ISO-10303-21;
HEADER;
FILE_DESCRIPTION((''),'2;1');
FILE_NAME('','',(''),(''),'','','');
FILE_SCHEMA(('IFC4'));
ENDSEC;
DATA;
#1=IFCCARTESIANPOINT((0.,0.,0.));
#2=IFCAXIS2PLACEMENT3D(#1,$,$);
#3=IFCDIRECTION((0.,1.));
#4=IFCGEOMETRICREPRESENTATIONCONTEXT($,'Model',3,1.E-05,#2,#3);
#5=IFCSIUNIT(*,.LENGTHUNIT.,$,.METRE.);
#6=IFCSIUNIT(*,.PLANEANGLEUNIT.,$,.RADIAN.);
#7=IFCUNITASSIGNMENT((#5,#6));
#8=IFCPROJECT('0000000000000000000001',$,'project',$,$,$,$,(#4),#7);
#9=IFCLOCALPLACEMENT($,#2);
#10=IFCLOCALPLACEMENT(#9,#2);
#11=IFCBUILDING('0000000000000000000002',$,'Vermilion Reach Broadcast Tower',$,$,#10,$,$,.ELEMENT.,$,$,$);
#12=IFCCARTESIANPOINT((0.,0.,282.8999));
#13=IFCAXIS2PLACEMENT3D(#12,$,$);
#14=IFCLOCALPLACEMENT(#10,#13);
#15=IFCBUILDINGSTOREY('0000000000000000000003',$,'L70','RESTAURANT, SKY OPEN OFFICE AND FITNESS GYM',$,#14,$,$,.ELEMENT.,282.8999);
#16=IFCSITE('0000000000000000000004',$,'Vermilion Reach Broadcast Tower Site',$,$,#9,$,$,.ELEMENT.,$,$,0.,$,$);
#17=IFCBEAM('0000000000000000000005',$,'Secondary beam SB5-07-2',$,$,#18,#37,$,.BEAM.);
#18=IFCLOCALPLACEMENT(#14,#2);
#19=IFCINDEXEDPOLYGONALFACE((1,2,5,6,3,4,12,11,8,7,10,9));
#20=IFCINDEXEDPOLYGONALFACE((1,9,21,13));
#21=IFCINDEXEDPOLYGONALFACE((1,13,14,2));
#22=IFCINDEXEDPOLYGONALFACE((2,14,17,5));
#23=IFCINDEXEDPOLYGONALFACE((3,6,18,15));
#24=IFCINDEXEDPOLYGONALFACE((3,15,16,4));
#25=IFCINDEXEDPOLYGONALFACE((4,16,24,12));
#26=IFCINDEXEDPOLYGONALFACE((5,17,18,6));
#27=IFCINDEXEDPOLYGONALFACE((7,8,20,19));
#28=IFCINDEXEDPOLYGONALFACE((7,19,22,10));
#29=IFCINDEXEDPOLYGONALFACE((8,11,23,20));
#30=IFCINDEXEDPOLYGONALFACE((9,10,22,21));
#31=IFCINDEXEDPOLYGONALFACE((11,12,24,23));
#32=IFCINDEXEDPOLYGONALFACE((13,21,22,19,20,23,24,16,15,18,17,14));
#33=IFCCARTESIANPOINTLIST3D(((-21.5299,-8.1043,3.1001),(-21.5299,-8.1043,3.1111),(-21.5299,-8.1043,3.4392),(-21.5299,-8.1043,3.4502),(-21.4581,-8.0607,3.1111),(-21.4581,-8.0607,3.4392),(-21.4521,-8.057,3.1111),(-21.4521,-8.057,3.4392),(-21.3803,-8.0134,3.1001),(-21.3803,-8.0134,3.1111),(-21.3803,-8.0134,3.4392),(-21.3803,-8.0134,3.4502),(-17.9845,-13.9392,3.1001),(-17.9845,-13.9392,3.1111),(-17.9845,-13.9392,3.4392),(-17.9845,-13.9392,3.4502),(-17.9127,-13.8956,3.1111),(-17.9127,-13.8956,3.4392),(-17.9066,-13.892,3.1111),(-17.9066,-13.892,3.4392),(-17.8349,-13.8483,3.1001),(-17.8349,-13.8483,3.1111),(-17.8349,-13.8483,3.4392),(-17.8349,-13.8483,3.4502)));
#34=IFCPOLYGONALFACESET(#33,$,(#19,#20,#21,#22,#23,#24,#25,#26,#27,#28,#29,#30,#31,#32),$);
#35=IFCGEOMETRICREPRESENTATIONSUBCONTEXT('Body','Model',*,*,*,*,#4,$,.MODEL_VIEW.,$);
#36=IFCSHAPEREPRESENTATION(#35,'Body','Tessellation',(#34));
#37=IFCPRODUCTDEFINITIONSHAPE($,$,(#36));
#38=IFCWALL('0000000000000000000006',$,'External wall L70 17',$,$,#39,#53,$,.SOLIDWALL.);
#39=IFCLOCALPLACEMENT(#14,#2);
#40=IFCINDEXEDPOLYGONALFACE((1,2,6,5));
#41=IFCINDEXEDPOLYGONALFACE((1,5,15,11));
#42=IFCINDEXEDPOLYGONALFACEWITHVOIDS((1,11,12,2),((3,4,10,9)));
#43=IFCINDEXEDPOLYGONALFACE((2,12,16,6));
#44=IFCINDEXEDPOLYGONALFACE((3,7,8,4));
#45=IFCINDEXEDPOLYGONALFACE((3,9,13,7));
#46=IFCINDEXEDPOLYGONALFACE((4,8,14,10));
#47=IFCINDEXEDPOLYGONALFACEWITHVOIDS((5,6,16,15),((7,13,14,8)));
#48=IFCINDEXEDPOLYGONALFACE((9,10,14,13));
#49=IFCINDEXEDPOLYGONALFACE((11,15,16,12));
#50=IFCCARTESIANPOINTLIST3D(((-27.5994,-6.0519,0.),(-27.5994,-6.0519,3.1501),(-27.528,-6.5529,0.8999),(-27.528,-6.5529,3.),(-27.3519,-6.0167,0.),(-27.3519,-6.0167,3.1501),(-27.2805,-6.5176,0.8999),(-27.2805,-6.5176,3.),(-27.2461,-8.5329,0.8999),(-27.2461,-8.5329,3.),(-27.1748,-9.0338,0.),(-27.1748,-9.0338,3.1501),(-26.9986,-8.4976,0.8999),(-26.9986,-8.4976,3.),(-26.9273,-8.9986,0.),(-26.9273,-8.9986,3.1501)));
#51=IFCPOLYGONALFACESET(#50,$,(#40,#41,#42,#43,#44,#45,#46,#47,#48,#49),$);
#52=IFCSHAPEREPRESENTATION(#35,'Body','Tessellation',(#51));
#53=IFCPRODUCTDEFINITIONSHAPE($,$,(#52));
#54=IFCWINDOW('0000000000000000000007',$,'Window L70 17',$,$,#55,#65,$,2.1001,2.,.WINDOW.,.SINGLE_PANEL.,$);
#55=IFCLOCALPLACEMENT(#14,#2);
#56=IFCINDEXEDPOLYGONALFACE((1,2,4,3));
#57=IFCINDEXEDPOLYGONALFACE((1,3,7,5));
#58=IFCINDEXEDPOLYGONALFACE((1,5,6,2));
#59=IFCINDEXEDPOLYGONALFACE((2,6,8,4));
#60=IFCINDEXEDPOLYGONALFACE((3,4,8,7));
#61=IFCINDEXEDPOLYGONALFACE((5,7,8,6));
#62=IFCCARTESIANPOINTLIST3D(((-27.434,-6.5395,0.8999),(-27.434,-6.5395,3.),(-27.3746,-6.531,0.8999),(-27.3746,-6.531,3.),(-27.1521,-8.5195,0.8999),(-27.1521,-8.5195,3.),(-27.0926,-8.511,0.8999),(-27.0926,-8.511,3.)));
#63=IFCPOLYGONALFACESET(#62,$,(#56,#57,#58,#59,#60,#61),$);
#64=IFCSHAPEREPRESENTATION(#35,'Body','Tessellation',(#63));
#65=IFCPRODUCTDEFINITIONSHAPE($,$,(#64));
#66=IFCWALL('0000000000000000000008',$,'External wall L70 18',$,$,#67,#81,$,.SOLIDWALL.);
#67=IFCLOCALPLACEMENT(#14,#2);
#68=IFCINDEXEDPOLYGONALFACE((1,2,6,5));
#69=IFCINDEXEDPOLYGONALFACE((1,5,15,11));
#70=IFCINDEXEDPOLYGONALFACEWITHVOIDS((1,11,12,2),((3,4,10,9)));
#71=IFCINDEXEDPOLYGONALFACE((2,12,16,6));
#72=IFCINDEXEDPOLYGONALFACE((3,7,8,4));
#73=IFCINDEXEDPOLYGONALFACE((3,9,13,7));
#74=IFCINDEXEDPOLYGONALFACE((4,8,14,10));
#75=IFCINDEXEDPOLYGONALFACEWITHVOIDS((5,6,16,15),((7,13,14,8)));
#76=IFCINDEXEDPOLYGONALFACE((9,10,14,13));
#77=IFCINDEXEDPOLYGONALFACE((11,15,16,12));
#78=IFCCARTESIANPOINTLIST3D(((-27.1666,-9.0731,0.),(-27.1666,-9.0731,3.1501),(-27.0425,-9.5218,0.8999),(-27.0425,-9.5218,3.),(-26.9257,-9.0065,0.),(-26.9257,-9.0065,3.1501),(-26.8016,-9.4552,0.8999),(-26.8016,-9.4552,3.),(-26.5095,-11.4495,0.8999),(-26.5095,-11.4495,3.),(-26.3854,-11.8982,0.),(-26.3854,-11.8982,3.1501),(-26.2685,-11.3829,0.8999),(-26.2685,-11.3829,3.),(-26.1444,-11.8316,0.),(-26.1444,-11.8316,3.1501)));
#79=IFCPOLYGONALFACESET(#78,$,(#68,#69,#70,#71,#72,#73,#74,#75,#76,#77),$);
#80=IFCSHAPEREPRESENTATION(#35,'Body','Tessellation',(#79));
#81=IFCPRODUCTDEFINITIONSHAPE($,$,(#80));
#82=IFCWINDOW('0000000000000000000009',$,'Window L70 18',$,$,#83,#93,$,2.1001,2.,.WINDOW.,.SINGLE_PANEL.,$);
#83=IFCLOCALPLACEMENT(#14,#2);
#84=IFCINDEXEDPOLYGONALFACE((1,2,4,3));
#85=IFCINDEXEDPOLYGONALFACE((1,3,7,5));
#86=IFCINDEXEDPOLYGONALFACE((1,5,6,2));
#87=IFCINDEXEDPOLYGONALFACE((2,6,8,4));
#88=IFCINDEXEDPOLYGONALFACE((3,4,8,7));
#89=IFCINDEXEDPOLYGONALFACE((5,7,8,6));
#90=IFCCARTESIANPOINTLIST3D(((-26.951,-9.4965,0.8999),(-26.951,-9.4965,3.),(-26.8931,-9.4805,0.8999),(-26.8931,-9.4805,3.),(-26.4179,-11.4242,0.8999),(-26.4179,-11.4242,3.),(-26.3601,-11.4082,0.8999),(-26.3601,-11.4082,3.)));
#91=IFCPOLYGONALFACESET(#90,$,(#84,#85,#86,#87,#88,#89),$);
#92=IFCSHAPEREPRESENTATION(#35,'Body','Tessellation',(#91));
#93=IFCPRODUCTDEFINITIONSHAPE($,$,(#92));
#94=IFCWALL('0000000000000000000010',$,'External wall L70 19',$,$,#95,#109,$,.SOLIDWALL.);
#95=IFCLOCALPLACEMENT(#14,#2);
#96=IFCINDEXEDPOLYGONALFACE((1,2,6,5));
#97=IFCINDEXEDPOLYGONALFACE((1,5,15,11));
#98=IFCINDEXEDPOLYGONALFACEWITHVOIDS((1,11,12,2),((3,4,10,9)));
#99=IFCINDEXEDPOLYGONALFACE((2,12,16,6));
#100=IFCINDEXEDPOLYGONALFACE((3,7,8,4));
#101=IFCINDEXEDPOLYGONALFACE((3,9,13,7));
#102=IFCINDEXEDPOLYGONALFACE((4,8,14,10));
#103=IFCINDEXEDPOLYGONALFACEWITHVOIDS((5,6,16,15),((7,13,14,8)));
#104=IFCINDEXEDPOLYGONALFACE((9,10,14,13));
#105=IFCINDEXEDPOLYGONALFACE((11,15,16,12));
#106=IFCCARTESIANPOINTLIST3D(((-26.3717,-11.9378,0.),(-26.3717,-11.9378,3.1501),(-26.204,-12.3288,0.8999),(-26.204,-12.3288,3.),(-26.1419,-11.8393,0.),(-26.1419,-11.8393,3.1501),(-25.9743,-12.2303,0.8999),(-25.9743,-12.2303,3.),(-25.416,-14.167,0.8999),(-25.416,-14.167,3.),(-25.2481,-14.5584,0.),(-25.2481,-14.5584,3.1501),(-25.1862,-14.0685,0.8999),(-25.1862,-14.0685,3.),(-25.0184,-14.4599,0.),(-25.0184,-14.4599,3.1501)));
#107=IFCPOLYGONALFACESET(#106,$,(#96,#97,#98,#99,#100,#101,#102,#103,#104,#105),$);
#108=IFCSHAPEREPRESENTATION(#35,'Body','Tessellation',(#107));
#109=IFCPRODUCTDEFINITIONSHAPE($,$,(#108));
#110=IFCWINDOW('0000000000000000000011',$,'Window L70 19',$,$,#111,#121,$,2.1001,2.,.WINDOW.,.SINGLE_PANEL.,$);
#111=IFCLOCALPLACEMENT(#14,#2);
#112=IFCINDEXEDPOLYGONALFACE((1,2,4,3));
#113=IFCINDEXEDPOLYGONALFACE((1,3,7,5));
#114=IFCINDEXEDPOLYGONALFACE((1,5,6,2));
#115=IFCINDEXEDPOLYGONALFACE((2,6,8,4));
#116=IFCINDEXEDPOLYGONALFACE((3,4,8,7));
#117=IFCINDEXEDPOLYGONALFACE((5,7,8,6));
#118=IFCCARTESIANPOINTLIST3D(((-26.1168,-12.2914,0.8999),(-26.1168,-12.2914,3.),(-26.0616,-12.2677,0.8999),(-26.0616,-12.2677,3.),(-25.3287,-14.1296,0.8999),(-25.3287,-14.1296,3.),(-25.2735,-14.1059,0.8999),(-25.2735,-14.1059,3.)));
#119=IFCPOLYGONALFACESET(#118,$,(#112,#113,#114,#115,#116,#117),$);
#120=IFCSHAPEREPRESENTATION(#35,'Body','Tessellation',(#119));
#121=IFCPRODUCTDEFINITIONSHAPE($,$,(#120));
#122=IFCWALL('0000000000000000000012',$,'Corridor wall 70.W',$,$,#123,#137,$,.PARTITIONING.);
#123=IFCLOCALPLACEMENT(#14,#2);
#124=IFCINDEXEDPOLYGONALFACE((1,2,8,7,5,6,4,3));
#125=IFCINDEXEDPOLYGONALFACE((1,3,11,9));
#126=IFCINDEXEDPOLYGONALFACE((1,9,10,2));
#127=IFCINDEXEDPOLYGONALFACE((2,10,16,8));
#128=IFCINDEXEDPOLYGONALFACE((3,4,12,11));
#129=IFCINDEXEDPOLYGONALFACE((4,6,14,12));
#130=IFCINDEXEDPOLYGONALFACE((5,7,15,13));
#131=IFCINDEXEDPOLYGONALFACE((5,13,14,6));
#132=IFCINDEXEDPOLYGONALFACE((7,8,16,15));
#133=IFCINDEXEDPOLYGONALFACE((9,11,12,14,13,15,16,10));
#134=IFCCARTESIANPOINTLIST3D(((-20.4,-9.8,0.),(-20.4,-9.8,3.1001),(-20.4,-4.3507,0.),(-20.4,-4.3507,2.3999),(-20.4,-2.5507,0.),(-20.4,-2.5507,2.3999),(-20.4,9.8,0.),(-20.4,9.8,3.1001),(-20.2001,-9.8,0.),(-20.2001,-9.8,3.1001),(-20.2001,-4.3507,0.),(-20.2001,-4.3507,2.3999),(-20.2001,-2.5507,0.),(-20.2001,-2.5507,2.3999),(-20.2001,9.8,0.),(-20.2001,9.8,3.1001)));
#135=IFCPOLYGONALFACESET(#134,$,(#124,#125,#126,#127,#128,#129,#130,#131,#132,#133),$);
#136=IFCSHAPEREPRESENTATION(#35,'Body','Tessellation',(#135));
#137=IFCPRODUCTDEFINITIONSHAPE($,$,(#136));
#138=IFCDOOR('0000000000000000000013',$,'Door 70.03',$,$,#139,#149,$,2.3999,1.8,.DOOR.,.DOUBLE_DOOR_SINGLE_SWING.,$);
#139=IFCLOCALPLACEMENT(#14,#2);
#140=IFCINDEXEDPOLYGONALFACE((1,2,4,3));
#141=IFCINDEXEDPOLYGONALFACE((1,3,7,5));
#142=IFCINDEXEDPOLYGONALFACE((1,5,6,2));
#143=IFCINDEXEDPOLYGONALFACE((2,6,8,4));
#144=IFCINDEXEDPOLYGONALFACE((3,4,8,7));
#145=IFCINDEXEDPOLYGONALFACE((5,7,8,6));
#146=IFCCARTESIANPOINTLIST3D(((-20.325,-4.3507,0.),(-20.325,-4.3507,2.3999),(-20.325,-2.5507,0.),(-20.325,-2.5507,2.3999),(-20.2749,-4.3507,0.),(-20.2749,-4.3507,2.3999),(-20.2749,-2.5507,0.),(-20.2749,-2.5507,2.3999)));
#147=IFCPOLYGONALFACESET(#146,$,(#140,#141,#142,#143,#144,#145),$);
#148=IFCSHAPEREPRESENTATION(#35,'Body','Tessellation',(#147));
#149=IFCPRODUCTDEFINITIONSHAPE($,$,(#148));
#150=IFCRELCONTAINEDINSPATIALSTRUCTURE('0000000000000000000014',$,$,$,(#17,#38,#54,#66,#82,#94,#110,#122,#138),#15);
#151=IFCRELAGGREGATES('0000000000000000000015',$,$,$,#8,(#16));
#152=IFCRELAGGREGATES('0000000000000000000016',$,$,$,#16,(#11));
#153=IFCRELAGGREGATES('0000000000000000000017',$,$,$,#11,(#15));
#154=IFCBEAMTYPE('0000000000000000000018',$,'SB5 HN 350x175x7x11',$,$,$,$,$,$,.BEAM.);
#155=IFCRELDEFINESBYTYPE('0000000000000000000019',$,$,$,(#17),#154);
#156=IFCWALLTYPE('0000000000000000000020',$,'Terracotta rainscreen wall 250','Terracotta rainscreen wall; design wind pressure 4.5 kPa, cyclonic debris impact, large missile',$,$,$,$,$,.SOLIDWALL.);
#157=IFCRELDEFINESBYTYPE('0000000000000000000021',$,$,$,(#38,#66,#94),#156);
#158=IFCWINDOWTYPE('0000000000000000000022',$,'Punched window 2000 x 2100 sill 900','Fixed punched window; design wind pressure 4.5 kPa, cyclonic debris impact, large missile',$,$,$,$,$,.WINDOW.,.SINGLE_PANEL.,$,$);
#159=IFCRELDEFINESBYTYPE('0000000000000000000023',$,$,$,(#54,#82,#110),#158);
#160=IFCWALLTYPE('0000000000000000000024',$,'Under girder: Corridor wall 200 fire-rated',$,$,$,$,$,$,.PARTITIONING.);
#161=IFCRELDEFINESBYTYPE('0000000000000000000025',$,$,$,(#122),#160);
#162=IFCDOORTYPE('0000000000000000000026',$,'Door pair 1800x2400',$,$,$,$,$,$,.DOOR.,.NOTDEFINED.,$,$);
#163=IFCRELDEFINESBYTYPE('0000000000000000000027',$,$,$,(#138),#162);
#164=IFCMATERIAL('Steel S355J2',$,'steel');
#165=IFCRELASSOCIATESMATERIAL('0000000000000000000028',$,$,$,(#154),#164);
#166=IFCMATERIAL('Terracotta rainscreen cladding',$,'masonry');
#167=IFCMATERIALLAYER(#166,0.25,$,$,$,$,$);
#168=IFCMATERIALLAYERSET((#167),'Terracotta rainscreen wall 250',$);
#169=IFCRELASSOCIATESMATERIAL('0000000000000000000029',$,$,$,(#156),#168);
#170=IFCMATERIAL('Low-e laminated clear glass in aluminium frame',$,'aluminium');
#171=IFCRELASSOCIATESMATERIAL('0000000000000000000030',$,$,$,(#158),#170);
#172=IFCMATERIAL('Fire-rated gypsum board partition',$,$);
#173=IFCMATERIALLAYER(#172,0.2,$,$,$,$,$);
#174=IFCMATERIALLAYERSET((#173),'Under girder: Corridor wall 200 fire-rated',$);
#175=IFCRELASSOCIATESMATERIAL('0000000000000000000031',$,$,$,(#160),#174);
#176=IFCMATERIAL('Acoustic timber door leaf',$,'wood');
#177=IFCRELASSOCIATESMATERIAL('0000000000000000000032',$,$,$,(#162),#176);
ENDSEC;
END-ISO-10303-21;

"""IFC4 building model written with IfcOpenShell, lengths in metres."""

from ifc_helpers import new_model, si_unit, direction, frame, frame_2d, origin, origin_2d, place, context, subcontext, project, spatial, rectangle, i_section, extrude, material, layer, layer_set, material_profile, profile_set, type_object, element, fill, save


model = new_model("IFC4")

# Units and contexts
model_context = context("Model", 3, precision=1e-05, world=origin(), true_north=direction((0.0, 1.0)))
body_context = subcontext(model_context, "Body", "Model", "MODEL_VIEW")
ifc_project = project(units=[si_unit("LENGTHUNIT", "METRE"), si_unit("PLANEANGLEUNIT", "RADIAN")], contexts=[model_context])

# Site, building, storey
site_placement = place(None, origin())
site = spatial("IfcSite", under=ifc_project, at=site_placement, Name="Vermilion Reach Broadcast Tower Site", CompositionType="ELEMENT", RefElevation=0.0)
building_placement = place(site_placement, origin())
building = spatial("IfcBuilding", under=site, at=building_placement, Name="Vermilion Reach Broadcast Tower", CompositionType="ELEMENT")
storey_placement = place(building_placement, frame((0.0, 0.0, 282.8999)))
storey = spatial("IfcBuildingStorey", under=building, at=storey_placement, Name="L70", Description="RESTAURANT, SKY OPEN OFFICE AND FITNESS GYM", CompositionType="ELEMENT", Elevation=282.8999)

# Beam
ifc_material_1 = material(Name="Steel S355J2", Category="steel")
ifc_material_profile_1 = material_profile(ifc_material_1, i_section(OverallWidth=0.175, OverallDepth=0.3501, WebThickness=0.0071, FlangeThickness=0.011, at=origin_2d()), Name="S355J2 HN 350x175x7x11")
ifc_profile_set_1 = profile_set([ifc_material_profile_1], Name="Steel S355J2")
beam_type_1 = type_object("IfcBeamType", Name="SB5 HN 350x175x7x11", PredefinedType="BEAM", material=ifc_profile_set_1)
beam_1_placement = place(storey_placement, frame((-21.4551, -8.0588, 3.2751), z_axis=(0.519273, -0.854608, 0.0), x_axis=(0.854608, 0.519273, 0.0)))
element("IfcBeam", 1, at=beam_1_placement, inside=storey, type_object=beam_type_1, Name="Secondary beam SB5-07-2", PredefinedType="BEAM", context=body_context, shape_type="SweptSolid", body=[
    extrude(i_section(OverallWidth=0.175, OverallDepth=0.3501, WebThickness=0.0071, FlangeThickness=0.011, at=origin_2d()), origin(), (0.0, 0.0, 1.0), 6.8276),
])

# Shared definitions
ifc_material_2 = material(Name="Terracotta rainscreen cladding", Category="masonry")
ifc_layer_1 = layer(ifc_material_2, 0.25)
ifc_layer_set_1 = layer_set([ifc_layer_1], Name="Terracotta rainscreen wall 250")
wall_type_1 = type_object("IfcWallType", Name="Terracotta rainscreen wall 250", Description="Terracotta rainscreen wall; design wind pressure 4.5 kPa, cyclonic debris impact, large missile", PredefinedType="SOLIDWALL", material=ifc_layer_set_1)

# Walls, openings, windows
wall_1_placement = place(storey_placement, frame((-27.4756, -6.0344, 0.0), z_axis=(0.0, 0.0, 1.0), x_axis=(0.140956, -0.990016, 0.0)))
wall_1 = element("IfcWall", 2, at=wall_1_placement, inside=storey, type_object=wall_type_1, Name="External wall L70 17", PredefinedType="SOLIDWALL", context=body_context, shape_type="SweptSolid", body=[
    extrude(rectangle(XDim=3.012, YDim=0.25, at=frame_2d((1.5059, 0.0))), origin(), (0.0, 0.0, 1.0), 3.1501),
])
opening_1_placement = place(wall_1_placement, frame((0.5059, 0.0, 0.8999)))
opening_1 = element("IfcOpeningElement", 3, at=opening_1_placement, cuts=wall_1, PredefinedType="OPENING", context=body_context, shape_type="SweptSolid", body=[
    extrude(rectangle(XDim=2.0, YDim=2.1001, at=frame_2d((1.0, 1.05))), frame((0.0, 0.135, 0.0), z_axis=(0.0, -1.0, 0.0), x_axis=(1.0, 0.0, 0.0)), (0.0, 0.0, 1.0), 0.27),
])
ifc_material_3 = material(Name="Low-e laminated clear glass in aluminium frame", Category="aluminium")
window_type = type_object("IfcWindowType", Name="Punched window 2000 x 2100 sill 900", Description="Fixed punched window; design wind pressure 4.5 kPa, cyclonic debris impact, large missile", PartitioningType="SINGLE_PANEL", PredefinedType="WINDOW", material=ifc_material_3)
window_1_placement = place(opening_1_placement, origin())
window_1 = element("IfcWindow", 4, at=window_1_placement, inside=storey, type_object=window_type, Name="Window L70 17", OverallHeight=2.1001, OverallWidth=2.0, PartitioningType="SINGLE_PANEL", PredefinedType="WINDOW", context=body_context, shape_type="SweptSolid", body=[
    extrude(rectangle(XDim=2.0, YDim=2.1001, at=frame_2d((1.0, 1.05))), frame((0.0, 0.03, 0.0), z_axis=(0.0, -1.0, 0.0), x_axis=(1.0, 0.0, 0.0)), (0.0, 0.0, 1.0), 0.0601),
])
fill(opening_1, window_1)
wall_2_placement = place(storey_placement, frame((-27.0461, -9.0398, 0.0), z_axis=(0.0, 0.0, 1.0), x_axis=(0.266527, -0.963828, 0.0)))
wall_2 = element("IfcWall", 5, at=wall_2_placement, inside=storey, type_object=wall_type_1, Name="External wall L70 18", PredefinedType="SOLIDWALL", context=body_context, shape_type="SweptSolid", body=[
    extrude(rectangle(XDim=2.9312, YDim=0.25, at=frame_2d((1.4656, 0.0))), origin(), (0.0, 0.0, 1.0), 3.1501),
])
opening_2_placement = place(wall_2_placement, frame((0.4656, 0.0, 0.8999)))
opening_2 = element("IfcOpeningElement", 6, at=opening_2_placement, cuts=wall_2, PredefinedType="OPENING", context=body_context, shape_type="SweptSolid", body=[
    extrude(rectangle(XDim=2.0, YDim=2.1001, at=frame_2d((1.0, 1.05))), frame((0.0, 0.135, 0.0), z_axis=(0.0, -1.0, 0.0), x_axis=(1.0, 0.0, 0.0)), (0.0, 0.0, 1.0), 0.27),
])
window_2_placement = place(opening_2_placement, origin())
window_2 = element("IfcWindow", 7, at=window_2_placement, inside=storey, type_object=window_type, Name="Window L70 18", OverallHeight=2.1001, OverallWidth=2.0, PartitioningType="SINGLE_PANEL", PredefinedType="WINDOW", context=body_context, shape_type="SweptSolid", body=[
    extrude(rectangle(XDim=2.0, YDim=2.1001, at=frame_2d((1.0, 1.05))), frame((0.0, 0.03, 0.0), z_axis=(0.0, -1.0, 0.0), x_axis=(1.0, 0.0, 0.0)), (0.0, 0.0, 1.0), 0.0601),
])
fill(opening_2, window_2)
wall_3_placement = place(storey_placement, frame((-26.2568, -11.8884, 0.0), z_axis=(0.0, 0.0, 1.0), x_axis=(0.394043, -0.919092, 0.0)))
wall_3 = element("IfcWall", 8, at=wall_3_placement, inside=storey, type_object=wall_type_1, Name="External wall L70 19", PredefinedType="SOLIDWALL", context=body_context, shape_type="SweptSolid", body=[
    extrude(rectangle(XDim=2.8513, YDim=0.25, at=frame_2d((1.4258, 0.0))), origin(), (0.0, 0.0, 1.0), 3.1501),
])
opening_3_placement = place(wall_3_placement, frame((0.4255, 0.0, 0.8999)))
opening_3 = element("IfcOpeningElement", 9, at=opening_3_placement, cuts=wall_3, PredefinedType="OPENING", context=body_context, shape_type="SweptSolid", body=[
    extrude(rectangle(XDim=2.0, YDim=2.1001, at=frame_2d((1.0, 1.05))), frame((0.0, 0.135, 0.0), z_axis=(0.0, -1.0, 0.0), x_axis=(1.0, 0.0, 0.0)), (0.0, 0.0, 1.0), 0.27),
])
window_3_placement = place(opening_3_placement, origin())
window_3 = element("IfcWindow", 10, at=window_3_placement, inside=storey, type_object=window_type, Name="Window L70 19", OverallHeight=2.1001, OverallWidth=2.0, PartitioningType="SINGLE_PANEL", PredefinedType="WINDOW", context=body_context, shape_type="SweptSolid", body=[
    extrude(rectangle(XDim=2.0, YDim=2.1001, at=frame_2d((1.0, 1.05))), frame((0.0, 0.03, 0.0), z_axis=(0.0, -1.0, 0.0), x_axis=(1.0, 0.0, 0.0)), (0.0, 0.0, 1.0), 0.0601),
])
fill(opening_3, window_3)

# Wall, opening, door
ifc_material_4 = material(Name="Fire-rated gypsum board partition")
ifc_layer_2 = layer(ifc_material_4, 0.2)
ifc_layer_set_2 = layer_set([ifc_layer_2], Name="Under girder: Corridor wall 200 fire-rated")
wall_type_2 = type_object("IfcWallType", Name="Under girder: Corridor wall 200 fire-rated", PredefinedType="PARTITIONING", material=ifc_layer_set_2)
wall_4_placement = place(storey_placement, frame((-20.3, -9.8, 0.0), z_axis=(0.0, 0.0, 1.0), x_axis=(0.0, 1.0, 0.0)))
wall_4 = element("IfcWall", 11, at=wall_4_placement, inside=storey, type_object=wall_type_2, Name="Corridor wall 70.W", PredefinedType="PARTITIONING", context=body_context, shape_type="SweptSolid", body=[
    extrude(rectangle(XDim=19.6001, YDim=0.2, at=frame_2d((9.8, 0.0))), origin(), (0.0, 0.0, 1.0), 3.1001),
])
opening_4_placement = place(wall_4_placement, frame((5.4495, 0.0, 0.0)))
opening_4 = element("IfcOpeningElement", 12, at=opening_4_placement, cuts=wall_4, PredefinedType="OPENING", context=body_context, shape_type="SweptSolid", body=[
    extrude(rectangle(XDim=1.8, YDim=2.3999, at=frame_2d((0.8999, 1.2))), frame((0.0, 0.1099, 0.0), z_axis=(0.0, -1.0, 0.0), x_axis=(1.0, 0.0, 0.0)), (0.0, 0.0, 1.0), 0.22),
])
ifc_material_5 = material(Name="Acoustic timber door leaf", Category="wood")
door_type_1 = type_object("IfcDoorType", Name="Door pair 1800x2400", OperationType="NOTDEFINED", PredefinedType="DOOR", material=ifc_material_5)
door_1_placement = place(opening_4_placement, origin())
door_1 = element("IfcDoor", 13, at=door_1_placement, inside=storey, type_object=door_type_1, Name="Door 70.03", OperationType="DOUBLE_DOOR_SINGLE_SWING", OverallHeight=2.3999, OverallWidth=1.8, PredefinedType="DOOR", context=body_context, shape_type="SweptSolid", body=[
    extrude(rectangle(XDim=1.8, YDim=2.3999, at=frame_2d((0.8999, 1.2))), frame((0.0, 0.0249, 0.0), z_axis=(0.0, -1.0, 0.0), x_axis=(1.0, 0.0, 0.0)), (0.0, 0.0, 1.0), 0.05),
])
fill(opening_4, door_1)

save(model, "model.ifc")
